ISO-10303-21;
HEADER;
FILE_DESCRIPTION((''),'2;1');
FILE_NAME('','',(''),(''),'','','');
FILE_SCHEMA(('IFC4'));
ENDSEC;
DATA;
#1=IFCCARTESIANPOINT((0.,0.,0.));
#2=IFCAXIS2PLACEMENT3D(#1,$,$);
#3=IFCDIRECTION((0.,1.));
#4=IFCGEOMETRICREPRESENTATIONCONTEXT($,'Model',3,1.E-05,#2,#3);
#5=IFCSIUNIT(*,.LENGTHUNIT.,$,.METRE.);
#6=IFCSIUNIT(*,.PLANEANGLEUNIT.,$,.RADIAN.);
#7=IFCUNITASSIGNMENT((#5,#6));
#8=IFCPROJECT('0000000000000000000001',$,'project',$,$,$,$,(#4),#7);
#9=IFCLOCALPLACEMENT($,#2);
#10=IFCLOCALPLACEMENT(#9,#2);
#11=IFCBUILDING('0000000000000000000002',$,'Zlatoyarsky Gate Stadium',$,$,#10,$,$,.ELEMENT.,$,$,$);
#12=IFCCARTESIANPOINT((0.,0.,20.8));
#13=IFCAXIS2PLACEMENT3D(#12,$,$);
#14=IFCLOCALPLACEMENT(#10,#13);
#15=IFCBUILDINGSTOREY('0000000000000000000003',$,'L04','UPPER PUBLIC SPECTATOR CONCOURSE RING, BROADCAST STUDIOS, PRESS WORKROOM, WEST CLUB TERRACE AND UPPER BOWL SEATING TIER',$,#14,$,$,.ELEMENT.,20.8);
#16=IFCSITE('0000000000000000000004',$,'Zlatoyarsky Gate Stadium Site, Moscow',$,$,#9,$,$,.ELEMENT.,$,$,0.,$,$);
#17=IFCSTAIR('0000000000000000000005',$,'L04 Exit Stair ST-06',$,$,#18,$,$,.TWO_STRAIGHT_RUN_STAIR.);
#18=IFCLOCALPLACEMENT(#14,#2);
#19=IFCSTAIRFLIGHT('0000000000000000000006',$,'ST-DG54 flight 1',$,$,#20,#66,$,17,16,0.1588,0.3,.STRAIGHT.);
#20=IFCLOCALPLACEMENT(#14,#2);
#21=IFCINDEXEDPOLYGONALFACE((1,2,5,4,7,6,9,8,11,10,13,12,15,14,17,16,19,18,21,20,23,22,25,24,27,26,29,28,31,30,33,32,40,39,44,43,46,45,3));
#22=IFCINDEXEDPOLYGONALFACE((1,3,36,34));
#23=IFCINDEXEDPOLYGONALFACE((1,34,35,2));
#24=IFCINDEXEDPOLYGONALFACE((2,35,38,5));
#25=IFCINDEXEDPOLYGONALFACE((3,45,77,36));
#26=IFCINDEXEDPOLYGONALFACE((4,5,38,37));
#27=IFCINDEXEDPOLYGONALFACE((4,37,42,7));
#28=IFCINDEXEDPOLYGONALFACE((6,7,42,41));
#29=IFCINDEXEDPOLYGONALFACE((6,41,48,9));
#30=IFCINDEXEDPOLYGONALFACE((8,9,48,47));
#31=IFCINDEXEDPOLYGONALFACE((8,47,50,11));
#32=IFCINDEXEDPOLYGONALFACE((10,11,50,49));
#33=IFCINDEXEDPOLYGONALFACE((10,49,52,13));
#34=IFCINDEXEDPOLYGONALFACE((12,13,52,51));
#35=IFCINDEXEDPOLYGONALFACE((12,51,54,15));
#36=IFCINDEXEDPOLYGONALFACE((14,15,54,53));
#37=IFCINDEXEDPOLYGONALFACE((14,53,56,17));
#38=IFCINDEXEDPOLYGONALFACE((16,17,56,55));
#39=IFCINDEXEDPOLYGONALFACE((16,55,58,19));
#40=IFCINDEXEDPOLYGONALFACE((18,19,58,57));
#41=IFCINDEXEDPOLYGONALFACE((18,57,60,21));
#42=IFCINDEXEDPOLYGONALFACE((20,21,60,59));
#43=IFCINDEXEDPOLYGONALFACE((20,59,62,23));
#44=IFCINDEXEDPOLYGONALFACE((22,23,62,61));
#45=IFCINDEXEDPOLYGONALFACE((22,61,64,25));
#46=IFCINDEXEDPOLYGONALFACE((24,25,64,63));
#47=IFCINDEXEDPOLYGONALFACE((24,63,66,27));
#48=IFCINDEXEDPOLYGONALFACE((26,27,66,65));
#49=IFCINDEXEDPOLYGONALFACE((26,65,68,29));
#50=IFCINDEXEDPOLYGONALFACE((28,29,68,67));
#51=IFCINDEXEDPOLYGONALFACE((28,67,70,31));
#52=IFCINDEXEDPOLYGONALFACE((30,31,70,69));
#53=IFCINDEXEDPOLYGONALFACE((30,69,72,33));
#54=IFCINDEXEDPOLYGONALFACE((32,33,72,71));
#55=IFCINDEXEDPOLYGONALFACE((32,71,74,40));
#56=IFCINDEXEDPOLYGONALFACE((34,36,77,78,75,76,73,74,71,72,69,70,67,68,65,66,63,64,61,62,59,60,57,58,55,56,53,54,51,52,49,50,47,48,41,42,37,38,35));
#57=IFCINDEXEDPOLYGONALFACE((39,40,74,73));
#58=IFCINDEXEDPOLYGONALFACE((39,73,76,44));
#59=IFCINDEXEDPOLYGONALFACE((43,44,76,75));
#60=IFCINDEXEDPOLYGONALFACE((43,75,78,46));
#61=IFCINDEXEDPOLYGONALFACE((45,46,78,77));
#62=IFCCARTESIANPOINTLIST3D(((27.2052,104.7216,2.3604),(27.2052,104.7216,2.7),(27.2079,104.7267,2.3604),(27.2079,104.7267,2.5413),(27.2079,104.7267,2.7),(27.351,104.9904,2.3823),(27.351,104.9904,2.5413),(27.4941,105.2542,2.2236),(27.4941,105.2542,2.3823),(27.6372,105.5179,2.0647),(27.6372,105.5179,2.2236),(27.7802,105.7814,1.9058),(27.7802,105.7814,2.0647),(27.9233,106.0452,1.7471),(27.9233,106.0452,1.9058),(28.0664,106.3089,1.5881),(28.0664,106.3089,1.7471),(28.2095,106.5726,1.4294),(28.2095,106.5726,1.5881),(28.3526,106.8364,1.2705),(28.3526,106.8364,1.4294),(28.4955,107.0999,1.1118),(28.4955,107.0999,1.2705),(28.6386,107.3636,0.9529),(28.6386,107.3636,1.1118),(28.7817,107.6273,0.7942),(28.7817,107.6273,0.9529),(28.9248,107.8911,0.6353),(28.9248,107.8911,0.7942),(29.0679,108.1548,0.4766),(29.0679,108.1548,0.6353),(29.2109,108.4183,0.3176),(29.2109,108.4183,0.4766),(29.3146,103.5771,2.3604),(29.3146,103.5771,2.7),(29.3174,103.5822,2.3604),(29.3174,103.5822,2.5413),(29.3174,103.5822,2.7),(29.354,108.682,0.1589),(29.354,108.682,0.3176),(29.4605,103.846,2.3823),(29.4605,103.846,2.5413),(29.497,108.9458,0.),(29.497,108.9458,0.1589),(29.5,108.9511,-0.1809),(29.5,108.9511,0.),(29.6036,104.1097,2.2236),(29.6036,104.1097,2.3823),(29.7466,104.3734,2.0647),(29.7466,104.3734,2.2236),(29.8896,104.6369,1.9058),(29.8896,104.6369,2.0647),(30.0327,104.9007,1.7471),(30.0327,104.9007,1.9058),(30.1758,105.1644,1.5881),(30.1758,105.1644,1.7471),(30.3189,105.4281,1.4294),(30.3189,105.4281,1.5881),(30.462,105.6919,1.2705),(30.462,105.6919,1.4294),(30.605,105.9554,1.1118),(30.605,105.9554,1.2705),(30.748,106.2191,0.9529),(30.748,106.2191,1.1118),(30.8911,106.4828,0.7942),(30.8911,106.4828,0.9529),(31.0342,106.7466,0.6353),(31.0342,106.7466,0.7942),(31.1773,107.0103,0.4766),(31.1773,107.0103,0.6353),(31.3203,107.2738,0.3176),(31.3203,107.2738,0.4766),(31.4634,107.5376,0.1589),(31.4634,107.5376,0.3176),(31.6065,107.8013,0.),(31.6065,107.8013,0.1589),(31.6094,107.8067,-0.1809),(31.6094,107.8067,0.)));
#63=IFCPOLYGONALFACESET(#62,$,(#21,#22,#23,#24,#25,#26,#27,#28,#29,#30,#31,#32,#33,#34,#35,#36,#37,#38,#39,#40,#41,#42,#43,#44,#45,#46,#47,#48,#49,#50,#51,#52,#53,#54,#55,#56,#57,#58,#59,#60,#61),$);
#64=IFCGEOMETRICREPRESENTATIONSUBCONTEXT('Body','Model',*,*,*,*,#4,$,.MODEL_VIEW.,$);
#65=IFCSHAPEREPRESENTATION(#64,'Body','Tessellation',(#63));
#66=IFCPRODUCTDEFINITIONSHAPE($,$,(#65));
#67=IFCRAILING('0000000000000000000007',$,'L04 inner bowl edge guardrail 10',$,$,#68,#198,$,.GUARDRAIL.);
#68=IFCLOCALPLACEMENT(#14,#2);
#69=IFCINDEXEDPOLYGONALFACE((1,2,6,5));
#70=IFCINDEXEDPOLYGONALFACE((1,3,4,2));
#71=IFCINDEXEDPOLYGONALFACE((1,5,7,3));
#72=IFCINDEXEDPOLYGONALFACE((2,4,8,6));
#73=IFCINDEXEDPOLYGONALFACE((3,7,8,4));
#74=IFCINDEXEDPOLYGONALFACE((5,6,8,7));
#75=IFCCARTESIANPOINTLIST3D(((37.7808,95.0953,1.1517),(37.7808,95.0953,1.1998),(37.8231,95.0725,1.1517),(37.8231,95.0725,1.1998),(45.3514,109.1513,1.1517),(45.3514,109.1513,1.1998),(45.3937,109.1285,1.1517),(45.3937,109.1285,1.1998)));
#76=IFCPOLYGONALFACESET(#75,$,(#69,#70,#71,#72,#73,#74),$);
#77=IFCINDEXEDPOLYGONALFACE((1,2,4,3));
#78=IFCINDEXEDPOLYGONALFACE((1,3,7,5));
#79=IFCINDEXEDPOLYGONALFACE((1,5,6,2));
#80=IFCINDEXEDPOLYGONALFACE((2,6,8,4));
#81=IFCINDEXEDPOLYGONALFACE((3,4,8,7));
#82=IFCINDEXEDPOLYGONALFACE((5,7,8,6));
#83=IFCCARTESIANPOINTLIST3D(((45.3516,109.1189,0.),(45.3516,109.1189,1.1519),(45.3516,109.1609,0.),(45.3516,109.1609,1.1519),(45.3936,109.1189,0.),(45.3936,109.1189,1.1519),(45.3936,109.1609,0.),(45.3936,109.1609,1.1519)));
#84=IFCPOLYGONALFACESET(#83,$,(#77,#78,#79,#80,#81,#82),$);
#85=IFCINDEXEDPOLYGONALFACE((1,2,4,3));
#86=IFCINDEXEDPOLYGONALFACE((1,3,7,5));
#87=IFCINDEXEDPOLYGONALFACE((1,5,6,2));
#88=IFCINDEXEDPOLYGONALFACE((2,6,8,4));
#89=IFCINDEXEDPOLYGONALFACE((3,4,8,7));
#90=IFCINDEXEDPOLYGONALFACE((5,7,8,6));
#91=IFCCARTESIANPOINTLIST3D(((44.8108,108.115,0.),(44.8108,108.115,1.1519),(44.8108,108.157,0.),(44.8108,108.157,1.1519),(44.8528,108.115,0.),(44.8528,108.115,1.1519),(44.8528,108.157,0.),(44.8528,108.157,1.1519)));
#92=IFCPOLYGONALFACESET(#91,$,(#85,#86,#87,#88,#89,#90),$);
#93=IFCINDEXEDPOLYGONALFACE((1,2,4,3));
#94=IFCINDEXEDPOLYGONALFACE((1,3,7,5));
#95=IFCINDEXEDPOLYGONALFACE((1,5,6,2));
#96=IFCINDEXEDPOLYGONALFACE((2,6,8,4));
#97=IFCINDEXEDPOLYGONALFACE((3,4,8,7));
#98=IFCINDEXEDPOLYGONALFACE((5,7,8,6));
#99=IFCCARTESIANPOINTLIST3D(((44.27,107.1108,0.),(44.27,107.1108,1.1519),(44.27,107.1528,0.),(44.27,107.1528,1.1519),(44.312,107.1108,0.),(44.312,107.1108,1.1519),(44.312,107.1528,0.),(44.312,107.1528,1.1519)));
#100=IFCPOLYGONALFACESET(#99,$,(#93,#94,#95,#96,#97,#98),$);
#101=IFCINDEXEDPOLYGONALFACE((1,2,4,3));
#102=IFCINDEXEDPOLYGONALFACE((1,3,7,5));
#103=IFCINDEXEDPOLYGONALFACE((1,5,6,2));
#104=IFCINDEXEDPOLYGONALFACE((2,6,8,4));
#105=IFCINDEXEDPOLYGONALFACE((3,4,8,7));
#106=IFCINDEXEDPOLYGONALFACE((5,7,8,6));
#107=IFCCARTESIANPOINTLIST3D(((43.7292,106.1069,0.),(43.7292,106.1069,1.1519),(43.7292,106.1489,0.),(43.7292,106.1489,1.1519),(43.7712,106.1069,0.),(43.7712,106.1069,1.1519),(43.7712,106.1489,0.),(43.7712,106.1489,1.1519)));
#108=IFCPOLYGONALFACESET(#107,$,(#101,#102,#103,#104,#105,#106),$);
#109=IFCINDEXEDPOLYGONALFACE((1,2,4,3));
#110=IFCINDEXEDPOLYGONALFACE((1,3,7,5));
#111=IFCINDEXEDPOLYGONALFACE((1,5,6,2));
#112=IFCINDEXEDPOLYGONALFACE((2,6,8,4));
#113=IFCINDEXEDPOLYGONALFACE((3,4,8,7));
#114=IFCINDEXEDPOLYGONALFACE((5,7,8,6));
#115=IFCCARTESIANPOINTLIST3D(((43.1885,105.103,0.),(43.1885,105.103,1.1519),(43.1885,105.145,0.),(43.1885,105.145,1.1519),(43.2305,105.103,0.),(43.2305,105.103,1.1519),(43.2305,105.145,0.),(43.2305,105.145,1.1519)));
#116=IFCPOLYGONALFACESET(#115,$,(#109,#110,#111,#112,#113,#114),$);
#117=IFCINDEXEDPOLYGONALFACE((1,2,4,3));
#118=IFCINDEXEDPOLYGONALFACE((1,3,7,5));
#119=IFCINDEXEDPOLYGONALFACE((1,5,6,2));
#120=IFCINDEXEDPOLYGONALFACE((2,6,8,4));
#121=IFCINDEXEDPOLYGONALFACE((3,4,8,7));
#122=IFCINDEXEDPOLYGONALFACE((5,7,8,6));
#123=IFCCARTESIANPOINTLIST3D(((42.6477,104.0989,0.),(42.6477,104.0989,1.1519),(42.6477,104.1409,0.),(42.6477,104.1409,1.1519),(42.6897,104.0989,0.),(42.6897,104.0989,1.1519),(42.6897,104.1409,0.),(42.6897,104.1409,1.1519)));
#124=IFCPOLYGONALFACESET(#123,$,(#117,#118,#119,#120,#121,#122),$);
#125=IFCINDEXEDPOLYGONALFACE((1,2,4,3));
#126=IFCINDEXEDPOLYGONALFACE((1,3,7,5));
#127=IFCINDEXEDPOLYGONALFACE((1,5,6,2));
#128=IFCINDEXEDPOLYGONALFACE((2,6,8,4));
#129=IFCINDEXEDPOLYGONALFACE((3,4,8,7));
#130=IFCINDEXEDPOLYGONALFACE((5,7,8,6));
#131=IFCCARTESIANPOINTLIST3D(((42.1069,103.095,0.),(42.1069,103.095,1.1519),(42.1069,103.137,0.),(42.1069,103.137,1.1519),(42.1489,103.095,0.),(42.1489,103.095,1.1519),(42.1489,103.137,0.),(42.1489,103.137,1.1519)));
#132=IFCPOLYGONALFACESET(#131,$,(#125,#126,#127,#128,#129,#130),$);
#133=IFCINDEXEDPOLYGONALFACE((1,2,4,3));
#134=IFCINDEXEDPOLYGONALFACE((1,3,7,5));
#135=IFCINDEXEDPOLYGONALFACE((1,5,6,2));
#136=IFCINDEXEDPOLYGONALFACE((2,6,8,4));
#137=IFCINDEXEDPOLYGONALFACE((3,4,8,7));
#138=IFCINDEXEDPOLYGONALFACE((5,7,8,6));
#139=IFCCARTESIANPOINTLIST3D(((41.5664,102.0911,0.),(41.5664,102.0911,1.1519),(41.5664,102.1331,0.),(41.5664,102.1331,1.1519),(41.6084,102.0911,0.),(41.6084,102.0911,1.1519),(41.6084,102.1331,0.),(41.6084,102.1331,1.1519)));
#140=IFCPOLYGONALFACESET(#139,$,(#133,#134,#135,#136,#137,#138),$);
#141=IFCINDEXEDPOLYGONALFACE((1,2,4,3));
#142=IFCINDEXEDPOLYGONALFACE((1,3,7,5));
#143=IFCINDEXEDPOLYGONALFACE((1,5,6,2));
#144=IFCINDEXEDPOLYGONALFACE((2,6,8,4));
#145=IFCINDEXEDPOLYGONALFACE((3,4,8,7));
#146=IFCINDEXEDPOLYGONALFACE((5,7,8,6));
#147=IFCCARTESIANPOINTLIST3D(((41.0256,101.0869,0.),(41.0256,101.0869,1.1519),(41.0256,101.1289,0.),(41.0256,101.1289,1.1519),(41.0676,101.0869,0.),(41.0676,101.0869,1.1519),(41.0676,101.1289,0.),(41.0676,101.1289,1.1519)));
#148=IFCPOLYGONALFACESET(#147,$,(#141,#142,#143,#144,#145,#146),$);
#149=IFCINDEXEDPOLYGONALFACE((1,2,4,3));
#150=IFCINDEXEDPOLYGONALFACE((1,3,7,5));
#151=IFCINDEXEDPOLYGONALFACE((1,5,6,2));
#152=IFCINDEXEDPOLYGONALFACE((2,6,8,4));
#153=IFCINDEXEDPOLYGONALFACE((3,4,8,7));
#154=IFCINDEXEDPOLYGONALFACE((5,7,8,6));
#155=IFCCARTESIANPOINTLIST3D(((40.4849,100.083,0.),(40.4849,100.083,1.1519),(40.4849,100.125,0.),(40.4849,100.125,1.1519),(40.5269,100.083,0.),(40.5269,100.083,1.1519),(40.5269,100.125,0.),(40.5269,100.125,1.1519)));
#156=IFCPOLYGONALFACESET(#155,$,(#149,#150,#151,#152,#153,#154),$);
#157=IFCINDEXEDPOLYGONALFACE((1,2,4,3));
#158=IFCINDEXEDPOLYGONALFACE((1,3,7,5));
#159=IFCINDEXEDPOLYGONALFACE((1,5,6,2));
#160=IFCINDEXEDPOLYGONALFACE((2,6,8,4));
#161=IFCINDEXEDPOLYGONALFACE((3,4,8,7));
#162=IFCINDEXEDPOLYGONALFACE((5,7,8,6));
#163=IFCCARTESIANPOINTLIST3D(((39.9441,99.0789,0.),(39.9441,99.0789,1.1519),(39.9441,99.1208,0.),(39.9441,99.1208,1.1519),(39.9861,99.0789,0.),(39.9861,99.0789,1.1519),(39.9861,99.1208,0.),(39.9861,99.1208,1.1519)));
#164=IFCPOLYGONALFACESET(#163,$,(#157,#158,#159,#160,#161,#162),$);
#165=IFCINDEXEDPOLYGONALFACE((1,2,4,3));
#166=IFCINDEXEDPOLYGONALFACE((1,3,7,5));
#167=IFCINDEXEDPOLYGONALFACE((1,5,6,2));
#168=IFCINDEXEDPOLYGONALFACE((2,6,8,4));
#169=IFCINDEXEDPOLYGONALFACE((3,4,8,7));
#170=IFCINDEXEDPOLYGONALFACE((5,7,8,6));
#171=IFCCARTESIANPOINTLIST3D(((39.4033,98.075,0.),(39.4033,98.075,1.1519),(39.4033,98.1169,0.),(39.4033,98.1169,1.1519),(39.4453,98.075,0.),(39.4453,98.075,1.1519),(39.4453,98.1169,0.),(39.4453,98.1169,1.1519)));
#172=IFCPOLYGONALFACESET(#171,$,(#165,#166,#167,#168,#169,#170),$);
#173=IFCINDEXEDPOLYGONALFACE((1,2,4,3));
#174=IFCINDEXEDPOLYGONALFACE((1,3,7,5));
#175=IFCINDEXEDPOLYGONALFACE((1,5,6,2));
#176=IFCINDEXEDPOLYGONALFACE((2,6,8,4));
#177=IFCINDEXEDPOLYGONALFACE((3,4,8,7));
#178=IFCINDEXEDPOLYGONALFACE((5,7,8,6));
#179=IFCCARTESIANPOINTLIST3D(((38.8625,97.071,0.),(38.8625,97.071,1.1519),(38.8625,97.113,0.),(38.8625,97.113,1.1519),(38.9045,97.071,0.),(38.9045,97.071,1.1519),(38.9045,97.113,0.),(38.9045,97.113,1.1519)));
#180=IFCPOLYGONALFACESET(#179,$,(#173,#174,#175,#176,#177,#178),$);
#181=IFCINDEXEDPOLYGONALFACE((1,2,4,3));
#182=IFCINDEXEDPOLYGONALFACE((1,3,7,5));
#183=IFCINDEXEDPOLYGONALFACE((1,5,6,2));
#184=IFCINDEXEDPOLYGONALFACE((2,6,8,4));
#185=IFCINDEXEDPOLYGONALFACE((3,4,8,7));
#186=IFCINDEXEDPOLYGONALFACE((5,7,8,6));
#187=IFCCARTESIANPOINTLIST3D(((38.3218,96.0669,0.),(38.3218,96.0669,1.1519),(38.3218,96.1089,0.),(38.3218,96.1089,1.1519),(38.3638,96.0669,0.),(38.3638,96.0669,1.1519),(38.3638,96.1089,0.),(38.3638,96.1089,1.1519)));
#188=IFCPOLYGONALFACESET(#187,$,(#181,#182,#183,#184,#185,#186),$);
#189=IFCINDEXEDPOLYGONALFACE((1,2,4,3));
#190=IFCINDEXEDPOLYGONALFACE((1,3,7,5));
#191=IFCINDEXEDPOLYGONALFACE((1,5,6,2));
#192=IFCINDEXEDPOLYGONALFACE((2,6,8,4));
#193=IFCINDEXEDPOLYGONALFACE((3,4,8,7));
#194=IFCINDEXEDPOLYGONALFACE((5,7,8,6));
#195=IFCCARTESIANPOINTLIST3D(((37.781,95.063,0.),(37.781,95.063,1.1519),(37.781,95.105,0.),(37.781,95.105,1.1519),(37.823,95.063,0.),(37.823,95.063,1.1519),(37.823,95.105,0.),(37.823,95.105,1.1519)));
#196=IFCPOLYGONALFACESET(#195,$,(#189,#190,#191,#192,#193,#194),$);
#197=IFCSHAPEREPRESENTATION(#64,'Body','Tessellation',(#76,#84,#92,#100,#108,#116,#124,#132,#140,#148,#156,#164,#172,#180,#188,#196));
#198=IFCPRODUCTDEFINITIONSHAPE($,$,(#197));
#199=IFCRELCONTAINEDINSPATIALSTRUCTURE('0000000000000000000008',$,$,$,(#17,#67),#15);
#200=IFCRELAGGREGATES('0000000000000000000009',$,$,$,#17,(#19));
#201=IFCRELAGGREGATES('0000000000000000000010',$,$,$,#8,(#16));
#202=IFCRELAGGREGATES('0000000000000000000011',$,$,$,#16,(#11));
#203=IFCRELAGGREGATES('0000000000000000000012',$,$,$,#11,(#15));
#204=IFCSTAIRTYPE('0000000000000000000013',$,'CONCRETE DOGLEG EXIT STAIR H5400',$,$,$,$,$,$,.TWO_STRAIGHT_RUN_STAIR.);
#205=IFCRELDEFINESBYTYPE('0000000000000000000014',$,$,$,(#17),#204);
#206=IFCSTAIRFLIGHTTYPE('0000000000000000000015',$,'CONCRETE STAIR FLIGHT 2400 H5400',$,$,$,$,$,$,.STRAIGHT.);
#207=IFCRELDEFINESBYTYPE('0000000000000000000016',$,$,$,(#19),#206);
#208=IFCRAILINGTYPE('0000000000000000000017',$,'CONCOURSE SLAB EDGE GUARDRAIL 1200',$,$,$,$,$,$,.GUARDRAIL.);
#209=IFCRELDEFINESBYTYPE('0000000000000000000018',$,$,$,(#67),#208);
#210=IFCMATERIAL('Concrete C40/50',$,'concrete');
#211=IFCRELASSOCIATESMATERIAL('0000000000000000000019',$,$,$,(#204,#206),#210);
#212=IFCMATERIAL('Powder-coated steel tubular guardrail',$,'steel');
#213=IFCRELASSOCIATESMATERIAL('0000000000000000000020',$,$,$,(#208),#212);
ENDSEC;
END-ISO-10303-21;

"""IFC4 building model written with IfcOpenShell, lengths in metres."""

from ifc_helpers import new_model, si_unit, direction, frame, origin, origin_2d, place, context, subcontext, project, spatial, polyline, rectangle, outline, extrude, material, type_object, element, aggregate, save


model = new_model("IFC4")

# Units and contexts
model_context = context("Model", 3, precision=1e-05, world=origin(), true_north=direction((0.0, 1.0)))
body_context = subcontext(model_context, "Body", "Model", "MODEL_VIEW")
ifc_project = project(units=[si_unit("LENGTHUNIT", "METRE"), si_unit("PLANEANGLEUNIT", "RADIAN")], contexts=[model_context])

# Site, building, storey
site_placement = place(None, origin())
site = spatial("IfcSite", under=ifc_project, at=site_placement, Name="Zlatoyarsky Gate Stadium Site, Moscow", CompositionType="ELEMENT", RefElevation=0.0)
building_placement = place(site_placement, origin())
building = spatial("IfcBuilding", under=site, at=building_placement, Name="Zlatoyarsky Gate Stadium", CompositionType="ELEMENT")
storey_placement = place(building_placement, frame((0.0, 0.0, 20.8)))
storey = spatial("IfcBuildingStorey", under=building, at=storey_placement, Name="L04", Description="UPPER PUBLIC SPECTATOR CONCOURSE RING, BROADCAST STUDIOS, PRESS WORKROOM, WEST CLUB TERRACE AND UPPER BOWL SEATING TIER", CompositionType="ELEMENT", Elevation=20.8)

# Shared definitions
ifc_material_1 = material(Name="Concrete C40/50", Category="concrete")

# Stair, stair flight
stair_type = type_object("IfcStairType", Name="CONCRETE DOGLEG EXIT STAIR H5400", PredefinedType="TWO_STRAIGHT_RUN_STAIR", material=ifc_material_1)
stair_placement = place(storey_placement, origin())
stair = element("IfcStair", 1, at=stair_placement, inside=storey, type_object=stair_type, Name="L04 Exit Stair ST-06", PredefinedType="TWO_STRAIGHT_RUN_STAIR")
stair_flight_type = type_object("IfcStairFlightType", Name="CONCRETE STAIR FLIGHT 2400 H5400", PredefinedType="STRAIGHT", material=ifc_material_1)
stair_flight_placement = place(storey_placement, frame((30.5518, 108.3735, 0.0), z_axis=(0.0, 0.0, 1.0), x_axis=(-0.47689, -0.878963, 0.0)))
stair_flight = element("IfcStairFlight", 2, at=stair_flight_placement, type_object=stair_flight_type, Name="ST-DG54 flight 1", NumberOfRisers=17, NumberOfTreads=16, PredefinedType="STRAIGHT", RiserHeight=0.1588, TreadLength=0.3, context=body_context, shape_type="SweptSolid", body=[
    extrude(outline(polyline([(-0.0061, -0.1809), (-0.0061, 0.0), (0.0, 0.0), (0.0, 0.1589), (0.3, 0.1589), (0.3, 0.3176), (0.6001, 0.3176), (0.6001, 0.4766), (0.8999, 0.4766), (0.8999, 0.6353), (1.2, 0.6353), (1.2, 0.7942), (1.5, 0.7942), (1.5, 0.9529), (1.8, 0.9529), (1.8, 1.1118), (2.1001, 1.1118), (2.1001, 1.2705), (2.3999, 1.2705), (2.3999, 1.4294), (2.7, 1.4294), (2.7, 1.5881), (3.0, 1.5881), (3.0, 1.7471), (3.3, 1.7471), (3.3, 1.9058), (3.6001, 1.9058), (3.6001, 2.0647), (3.8999, 2.0647), (3.8999, 2.2236), (4.2, 2.2236), (4.2, 2.3823), (4.5, 2.3823), (4.5, 2.5413), (4.8, 2.5413), (4.8, 2.7), (4.8059, 2.7), (4.8059, 2.3604), (4.8, 2.3604), (-0.0061, -0.1809)])), frame((0.0, 1.2, 0.0), z_axis=(0.0, -1.0, 0.0), x_axis=(1.0, 0.0, 0.0)), (0.0, 0.0, 1.0), 2.3999),
])
aggregate(stair, [stair_flight])

# Railing
ifc_material_2 = material(Name="Powder-coated steel tubular guardrail", Category="steel")
railing_type_1 = type_object("IfcRailingType", Name="CONCOURSE SLAB EDGE GUARDRAIL 1200", PredefinedType="GUARDRAIL", material=ifc_material_2)
railing_1_placement = place(storey_placement, frame((45.3726, 109.1399, 0.0)))
element("IfcRailing", 3, at=railing_1_placement, inside=storey, type_object=railing_type_1, Name="L04 inner bowl edge guardrail 10", PredefinedType="GUARDRAIL", context=body_context, shape_type="SweptSolid", body=[
    extrude(rectangle(XDim=0.0481, YDim=0.0481, at=origin_2d()), frame((0.0, 0.0, 1.1758), z_axis=(-0.474196, -0.880419, 0.0), x_axis=(0.880419, -0.474196, 0.0)), (0.0, 0.0, 1.0), 15.9651),
    extrude(rectangle(XDim=0.042, YDim=0.042, at=origin_2d()), origin(), (0.0, 0.0, 1.0), 1.1519),
    extrude(rectangle(XDim=0.042, YDim=0.042, at=origin_2d()), frame((-0.5408, -1.0039, 0.0)), (0.0, 0.0, 1.0), 1.1519),
    extrude(rectangle(XDim=0.042, YDim=0.042, at=origin_2d()), frame((-1.0815, -2.0081, 0.0)), (0.0, 0.0, 1.0), 1.1519),
    extrude(rectangle(XDim=0.042, YDim=0.042, at=origin_2d()), frame((-1.6223, -3.012, 0.0)), (0.0, 0.0, 1.0), 1.1519),
    extrude(rectangle(XDim=0.042, YDim=0.042, at=origin_2d()), frame((-2.1631, -4.0159, 0.0)), (0.0, 0.0, 1.0), 1.1519),
    extrude(rectangle(XDim=0.042, YDim=0.042, at=origin_2d()), frame((-2.7039, -5.02, 0.0)), (0.0, 0.0, 1.0), 1.1519),
    extrude(rectangle(XDim=0.042, YDim=0.042, at=origin_2d()), frame((-3.2446, -6.0239, 0.0)), (0.0, 0.0, 1.0), 1.1519),
    extrude(rectangle(XDim=0.042, YDim=0.042, at=origin_2d()), frame((-3.7852, -7.0278, 0.0)), (0.0, 0.0, 1.0), 1.1519),
    extrude(rectangle(XDim=0.042, YDim=0.042, at=origin_2d()), frame((-4.3259, -8.032, 0.0)), (0.0, 0.0, 1.0), 1.1519),
    extrude(rectangle(XDim=0.042, YDim=0.042, at=origin_2d()), frame((-4.8667, -9.0359, 0.0)), (0.0, 0.0, 1.0), 1.1519),
    extrude(rectangle(XDim=0.042, YDim=0.042, at=origin_2d()), frame((-5.4075, -10.04, 0.0)), (0.0, 0.0, 1.0), 1.1519),
    extrude(rectangle(XDim=0.042, YDim=0.042, at=origin_2d()), frame((-5.9482, -11.0439, 0.0)), (0.0, 0.0, 1.0), 1.1519),
    extrude(rectangle(XDim=0.042, YDim=0.042, at=origin_2d()), frame((-6.489, -12.0479, 0.0)), (0.0, 0.0, 1.0), 1.1519),
    extrude(rectangle(XDim=0.042, YDim=0.042, at=origin_2d()), frame((-7.0298, -13.052, 0.0)), (0.0, 0.0, 1.0), 1.1519),
    extrude(rectangle(XDim=0.042, YDim=0.042, at=origin_2d()), frame((-7.5706, -14.0559, 0.0)), (0.0, 0.0, 1.0), 1.1519),
])

save(model, "model.ifc")
